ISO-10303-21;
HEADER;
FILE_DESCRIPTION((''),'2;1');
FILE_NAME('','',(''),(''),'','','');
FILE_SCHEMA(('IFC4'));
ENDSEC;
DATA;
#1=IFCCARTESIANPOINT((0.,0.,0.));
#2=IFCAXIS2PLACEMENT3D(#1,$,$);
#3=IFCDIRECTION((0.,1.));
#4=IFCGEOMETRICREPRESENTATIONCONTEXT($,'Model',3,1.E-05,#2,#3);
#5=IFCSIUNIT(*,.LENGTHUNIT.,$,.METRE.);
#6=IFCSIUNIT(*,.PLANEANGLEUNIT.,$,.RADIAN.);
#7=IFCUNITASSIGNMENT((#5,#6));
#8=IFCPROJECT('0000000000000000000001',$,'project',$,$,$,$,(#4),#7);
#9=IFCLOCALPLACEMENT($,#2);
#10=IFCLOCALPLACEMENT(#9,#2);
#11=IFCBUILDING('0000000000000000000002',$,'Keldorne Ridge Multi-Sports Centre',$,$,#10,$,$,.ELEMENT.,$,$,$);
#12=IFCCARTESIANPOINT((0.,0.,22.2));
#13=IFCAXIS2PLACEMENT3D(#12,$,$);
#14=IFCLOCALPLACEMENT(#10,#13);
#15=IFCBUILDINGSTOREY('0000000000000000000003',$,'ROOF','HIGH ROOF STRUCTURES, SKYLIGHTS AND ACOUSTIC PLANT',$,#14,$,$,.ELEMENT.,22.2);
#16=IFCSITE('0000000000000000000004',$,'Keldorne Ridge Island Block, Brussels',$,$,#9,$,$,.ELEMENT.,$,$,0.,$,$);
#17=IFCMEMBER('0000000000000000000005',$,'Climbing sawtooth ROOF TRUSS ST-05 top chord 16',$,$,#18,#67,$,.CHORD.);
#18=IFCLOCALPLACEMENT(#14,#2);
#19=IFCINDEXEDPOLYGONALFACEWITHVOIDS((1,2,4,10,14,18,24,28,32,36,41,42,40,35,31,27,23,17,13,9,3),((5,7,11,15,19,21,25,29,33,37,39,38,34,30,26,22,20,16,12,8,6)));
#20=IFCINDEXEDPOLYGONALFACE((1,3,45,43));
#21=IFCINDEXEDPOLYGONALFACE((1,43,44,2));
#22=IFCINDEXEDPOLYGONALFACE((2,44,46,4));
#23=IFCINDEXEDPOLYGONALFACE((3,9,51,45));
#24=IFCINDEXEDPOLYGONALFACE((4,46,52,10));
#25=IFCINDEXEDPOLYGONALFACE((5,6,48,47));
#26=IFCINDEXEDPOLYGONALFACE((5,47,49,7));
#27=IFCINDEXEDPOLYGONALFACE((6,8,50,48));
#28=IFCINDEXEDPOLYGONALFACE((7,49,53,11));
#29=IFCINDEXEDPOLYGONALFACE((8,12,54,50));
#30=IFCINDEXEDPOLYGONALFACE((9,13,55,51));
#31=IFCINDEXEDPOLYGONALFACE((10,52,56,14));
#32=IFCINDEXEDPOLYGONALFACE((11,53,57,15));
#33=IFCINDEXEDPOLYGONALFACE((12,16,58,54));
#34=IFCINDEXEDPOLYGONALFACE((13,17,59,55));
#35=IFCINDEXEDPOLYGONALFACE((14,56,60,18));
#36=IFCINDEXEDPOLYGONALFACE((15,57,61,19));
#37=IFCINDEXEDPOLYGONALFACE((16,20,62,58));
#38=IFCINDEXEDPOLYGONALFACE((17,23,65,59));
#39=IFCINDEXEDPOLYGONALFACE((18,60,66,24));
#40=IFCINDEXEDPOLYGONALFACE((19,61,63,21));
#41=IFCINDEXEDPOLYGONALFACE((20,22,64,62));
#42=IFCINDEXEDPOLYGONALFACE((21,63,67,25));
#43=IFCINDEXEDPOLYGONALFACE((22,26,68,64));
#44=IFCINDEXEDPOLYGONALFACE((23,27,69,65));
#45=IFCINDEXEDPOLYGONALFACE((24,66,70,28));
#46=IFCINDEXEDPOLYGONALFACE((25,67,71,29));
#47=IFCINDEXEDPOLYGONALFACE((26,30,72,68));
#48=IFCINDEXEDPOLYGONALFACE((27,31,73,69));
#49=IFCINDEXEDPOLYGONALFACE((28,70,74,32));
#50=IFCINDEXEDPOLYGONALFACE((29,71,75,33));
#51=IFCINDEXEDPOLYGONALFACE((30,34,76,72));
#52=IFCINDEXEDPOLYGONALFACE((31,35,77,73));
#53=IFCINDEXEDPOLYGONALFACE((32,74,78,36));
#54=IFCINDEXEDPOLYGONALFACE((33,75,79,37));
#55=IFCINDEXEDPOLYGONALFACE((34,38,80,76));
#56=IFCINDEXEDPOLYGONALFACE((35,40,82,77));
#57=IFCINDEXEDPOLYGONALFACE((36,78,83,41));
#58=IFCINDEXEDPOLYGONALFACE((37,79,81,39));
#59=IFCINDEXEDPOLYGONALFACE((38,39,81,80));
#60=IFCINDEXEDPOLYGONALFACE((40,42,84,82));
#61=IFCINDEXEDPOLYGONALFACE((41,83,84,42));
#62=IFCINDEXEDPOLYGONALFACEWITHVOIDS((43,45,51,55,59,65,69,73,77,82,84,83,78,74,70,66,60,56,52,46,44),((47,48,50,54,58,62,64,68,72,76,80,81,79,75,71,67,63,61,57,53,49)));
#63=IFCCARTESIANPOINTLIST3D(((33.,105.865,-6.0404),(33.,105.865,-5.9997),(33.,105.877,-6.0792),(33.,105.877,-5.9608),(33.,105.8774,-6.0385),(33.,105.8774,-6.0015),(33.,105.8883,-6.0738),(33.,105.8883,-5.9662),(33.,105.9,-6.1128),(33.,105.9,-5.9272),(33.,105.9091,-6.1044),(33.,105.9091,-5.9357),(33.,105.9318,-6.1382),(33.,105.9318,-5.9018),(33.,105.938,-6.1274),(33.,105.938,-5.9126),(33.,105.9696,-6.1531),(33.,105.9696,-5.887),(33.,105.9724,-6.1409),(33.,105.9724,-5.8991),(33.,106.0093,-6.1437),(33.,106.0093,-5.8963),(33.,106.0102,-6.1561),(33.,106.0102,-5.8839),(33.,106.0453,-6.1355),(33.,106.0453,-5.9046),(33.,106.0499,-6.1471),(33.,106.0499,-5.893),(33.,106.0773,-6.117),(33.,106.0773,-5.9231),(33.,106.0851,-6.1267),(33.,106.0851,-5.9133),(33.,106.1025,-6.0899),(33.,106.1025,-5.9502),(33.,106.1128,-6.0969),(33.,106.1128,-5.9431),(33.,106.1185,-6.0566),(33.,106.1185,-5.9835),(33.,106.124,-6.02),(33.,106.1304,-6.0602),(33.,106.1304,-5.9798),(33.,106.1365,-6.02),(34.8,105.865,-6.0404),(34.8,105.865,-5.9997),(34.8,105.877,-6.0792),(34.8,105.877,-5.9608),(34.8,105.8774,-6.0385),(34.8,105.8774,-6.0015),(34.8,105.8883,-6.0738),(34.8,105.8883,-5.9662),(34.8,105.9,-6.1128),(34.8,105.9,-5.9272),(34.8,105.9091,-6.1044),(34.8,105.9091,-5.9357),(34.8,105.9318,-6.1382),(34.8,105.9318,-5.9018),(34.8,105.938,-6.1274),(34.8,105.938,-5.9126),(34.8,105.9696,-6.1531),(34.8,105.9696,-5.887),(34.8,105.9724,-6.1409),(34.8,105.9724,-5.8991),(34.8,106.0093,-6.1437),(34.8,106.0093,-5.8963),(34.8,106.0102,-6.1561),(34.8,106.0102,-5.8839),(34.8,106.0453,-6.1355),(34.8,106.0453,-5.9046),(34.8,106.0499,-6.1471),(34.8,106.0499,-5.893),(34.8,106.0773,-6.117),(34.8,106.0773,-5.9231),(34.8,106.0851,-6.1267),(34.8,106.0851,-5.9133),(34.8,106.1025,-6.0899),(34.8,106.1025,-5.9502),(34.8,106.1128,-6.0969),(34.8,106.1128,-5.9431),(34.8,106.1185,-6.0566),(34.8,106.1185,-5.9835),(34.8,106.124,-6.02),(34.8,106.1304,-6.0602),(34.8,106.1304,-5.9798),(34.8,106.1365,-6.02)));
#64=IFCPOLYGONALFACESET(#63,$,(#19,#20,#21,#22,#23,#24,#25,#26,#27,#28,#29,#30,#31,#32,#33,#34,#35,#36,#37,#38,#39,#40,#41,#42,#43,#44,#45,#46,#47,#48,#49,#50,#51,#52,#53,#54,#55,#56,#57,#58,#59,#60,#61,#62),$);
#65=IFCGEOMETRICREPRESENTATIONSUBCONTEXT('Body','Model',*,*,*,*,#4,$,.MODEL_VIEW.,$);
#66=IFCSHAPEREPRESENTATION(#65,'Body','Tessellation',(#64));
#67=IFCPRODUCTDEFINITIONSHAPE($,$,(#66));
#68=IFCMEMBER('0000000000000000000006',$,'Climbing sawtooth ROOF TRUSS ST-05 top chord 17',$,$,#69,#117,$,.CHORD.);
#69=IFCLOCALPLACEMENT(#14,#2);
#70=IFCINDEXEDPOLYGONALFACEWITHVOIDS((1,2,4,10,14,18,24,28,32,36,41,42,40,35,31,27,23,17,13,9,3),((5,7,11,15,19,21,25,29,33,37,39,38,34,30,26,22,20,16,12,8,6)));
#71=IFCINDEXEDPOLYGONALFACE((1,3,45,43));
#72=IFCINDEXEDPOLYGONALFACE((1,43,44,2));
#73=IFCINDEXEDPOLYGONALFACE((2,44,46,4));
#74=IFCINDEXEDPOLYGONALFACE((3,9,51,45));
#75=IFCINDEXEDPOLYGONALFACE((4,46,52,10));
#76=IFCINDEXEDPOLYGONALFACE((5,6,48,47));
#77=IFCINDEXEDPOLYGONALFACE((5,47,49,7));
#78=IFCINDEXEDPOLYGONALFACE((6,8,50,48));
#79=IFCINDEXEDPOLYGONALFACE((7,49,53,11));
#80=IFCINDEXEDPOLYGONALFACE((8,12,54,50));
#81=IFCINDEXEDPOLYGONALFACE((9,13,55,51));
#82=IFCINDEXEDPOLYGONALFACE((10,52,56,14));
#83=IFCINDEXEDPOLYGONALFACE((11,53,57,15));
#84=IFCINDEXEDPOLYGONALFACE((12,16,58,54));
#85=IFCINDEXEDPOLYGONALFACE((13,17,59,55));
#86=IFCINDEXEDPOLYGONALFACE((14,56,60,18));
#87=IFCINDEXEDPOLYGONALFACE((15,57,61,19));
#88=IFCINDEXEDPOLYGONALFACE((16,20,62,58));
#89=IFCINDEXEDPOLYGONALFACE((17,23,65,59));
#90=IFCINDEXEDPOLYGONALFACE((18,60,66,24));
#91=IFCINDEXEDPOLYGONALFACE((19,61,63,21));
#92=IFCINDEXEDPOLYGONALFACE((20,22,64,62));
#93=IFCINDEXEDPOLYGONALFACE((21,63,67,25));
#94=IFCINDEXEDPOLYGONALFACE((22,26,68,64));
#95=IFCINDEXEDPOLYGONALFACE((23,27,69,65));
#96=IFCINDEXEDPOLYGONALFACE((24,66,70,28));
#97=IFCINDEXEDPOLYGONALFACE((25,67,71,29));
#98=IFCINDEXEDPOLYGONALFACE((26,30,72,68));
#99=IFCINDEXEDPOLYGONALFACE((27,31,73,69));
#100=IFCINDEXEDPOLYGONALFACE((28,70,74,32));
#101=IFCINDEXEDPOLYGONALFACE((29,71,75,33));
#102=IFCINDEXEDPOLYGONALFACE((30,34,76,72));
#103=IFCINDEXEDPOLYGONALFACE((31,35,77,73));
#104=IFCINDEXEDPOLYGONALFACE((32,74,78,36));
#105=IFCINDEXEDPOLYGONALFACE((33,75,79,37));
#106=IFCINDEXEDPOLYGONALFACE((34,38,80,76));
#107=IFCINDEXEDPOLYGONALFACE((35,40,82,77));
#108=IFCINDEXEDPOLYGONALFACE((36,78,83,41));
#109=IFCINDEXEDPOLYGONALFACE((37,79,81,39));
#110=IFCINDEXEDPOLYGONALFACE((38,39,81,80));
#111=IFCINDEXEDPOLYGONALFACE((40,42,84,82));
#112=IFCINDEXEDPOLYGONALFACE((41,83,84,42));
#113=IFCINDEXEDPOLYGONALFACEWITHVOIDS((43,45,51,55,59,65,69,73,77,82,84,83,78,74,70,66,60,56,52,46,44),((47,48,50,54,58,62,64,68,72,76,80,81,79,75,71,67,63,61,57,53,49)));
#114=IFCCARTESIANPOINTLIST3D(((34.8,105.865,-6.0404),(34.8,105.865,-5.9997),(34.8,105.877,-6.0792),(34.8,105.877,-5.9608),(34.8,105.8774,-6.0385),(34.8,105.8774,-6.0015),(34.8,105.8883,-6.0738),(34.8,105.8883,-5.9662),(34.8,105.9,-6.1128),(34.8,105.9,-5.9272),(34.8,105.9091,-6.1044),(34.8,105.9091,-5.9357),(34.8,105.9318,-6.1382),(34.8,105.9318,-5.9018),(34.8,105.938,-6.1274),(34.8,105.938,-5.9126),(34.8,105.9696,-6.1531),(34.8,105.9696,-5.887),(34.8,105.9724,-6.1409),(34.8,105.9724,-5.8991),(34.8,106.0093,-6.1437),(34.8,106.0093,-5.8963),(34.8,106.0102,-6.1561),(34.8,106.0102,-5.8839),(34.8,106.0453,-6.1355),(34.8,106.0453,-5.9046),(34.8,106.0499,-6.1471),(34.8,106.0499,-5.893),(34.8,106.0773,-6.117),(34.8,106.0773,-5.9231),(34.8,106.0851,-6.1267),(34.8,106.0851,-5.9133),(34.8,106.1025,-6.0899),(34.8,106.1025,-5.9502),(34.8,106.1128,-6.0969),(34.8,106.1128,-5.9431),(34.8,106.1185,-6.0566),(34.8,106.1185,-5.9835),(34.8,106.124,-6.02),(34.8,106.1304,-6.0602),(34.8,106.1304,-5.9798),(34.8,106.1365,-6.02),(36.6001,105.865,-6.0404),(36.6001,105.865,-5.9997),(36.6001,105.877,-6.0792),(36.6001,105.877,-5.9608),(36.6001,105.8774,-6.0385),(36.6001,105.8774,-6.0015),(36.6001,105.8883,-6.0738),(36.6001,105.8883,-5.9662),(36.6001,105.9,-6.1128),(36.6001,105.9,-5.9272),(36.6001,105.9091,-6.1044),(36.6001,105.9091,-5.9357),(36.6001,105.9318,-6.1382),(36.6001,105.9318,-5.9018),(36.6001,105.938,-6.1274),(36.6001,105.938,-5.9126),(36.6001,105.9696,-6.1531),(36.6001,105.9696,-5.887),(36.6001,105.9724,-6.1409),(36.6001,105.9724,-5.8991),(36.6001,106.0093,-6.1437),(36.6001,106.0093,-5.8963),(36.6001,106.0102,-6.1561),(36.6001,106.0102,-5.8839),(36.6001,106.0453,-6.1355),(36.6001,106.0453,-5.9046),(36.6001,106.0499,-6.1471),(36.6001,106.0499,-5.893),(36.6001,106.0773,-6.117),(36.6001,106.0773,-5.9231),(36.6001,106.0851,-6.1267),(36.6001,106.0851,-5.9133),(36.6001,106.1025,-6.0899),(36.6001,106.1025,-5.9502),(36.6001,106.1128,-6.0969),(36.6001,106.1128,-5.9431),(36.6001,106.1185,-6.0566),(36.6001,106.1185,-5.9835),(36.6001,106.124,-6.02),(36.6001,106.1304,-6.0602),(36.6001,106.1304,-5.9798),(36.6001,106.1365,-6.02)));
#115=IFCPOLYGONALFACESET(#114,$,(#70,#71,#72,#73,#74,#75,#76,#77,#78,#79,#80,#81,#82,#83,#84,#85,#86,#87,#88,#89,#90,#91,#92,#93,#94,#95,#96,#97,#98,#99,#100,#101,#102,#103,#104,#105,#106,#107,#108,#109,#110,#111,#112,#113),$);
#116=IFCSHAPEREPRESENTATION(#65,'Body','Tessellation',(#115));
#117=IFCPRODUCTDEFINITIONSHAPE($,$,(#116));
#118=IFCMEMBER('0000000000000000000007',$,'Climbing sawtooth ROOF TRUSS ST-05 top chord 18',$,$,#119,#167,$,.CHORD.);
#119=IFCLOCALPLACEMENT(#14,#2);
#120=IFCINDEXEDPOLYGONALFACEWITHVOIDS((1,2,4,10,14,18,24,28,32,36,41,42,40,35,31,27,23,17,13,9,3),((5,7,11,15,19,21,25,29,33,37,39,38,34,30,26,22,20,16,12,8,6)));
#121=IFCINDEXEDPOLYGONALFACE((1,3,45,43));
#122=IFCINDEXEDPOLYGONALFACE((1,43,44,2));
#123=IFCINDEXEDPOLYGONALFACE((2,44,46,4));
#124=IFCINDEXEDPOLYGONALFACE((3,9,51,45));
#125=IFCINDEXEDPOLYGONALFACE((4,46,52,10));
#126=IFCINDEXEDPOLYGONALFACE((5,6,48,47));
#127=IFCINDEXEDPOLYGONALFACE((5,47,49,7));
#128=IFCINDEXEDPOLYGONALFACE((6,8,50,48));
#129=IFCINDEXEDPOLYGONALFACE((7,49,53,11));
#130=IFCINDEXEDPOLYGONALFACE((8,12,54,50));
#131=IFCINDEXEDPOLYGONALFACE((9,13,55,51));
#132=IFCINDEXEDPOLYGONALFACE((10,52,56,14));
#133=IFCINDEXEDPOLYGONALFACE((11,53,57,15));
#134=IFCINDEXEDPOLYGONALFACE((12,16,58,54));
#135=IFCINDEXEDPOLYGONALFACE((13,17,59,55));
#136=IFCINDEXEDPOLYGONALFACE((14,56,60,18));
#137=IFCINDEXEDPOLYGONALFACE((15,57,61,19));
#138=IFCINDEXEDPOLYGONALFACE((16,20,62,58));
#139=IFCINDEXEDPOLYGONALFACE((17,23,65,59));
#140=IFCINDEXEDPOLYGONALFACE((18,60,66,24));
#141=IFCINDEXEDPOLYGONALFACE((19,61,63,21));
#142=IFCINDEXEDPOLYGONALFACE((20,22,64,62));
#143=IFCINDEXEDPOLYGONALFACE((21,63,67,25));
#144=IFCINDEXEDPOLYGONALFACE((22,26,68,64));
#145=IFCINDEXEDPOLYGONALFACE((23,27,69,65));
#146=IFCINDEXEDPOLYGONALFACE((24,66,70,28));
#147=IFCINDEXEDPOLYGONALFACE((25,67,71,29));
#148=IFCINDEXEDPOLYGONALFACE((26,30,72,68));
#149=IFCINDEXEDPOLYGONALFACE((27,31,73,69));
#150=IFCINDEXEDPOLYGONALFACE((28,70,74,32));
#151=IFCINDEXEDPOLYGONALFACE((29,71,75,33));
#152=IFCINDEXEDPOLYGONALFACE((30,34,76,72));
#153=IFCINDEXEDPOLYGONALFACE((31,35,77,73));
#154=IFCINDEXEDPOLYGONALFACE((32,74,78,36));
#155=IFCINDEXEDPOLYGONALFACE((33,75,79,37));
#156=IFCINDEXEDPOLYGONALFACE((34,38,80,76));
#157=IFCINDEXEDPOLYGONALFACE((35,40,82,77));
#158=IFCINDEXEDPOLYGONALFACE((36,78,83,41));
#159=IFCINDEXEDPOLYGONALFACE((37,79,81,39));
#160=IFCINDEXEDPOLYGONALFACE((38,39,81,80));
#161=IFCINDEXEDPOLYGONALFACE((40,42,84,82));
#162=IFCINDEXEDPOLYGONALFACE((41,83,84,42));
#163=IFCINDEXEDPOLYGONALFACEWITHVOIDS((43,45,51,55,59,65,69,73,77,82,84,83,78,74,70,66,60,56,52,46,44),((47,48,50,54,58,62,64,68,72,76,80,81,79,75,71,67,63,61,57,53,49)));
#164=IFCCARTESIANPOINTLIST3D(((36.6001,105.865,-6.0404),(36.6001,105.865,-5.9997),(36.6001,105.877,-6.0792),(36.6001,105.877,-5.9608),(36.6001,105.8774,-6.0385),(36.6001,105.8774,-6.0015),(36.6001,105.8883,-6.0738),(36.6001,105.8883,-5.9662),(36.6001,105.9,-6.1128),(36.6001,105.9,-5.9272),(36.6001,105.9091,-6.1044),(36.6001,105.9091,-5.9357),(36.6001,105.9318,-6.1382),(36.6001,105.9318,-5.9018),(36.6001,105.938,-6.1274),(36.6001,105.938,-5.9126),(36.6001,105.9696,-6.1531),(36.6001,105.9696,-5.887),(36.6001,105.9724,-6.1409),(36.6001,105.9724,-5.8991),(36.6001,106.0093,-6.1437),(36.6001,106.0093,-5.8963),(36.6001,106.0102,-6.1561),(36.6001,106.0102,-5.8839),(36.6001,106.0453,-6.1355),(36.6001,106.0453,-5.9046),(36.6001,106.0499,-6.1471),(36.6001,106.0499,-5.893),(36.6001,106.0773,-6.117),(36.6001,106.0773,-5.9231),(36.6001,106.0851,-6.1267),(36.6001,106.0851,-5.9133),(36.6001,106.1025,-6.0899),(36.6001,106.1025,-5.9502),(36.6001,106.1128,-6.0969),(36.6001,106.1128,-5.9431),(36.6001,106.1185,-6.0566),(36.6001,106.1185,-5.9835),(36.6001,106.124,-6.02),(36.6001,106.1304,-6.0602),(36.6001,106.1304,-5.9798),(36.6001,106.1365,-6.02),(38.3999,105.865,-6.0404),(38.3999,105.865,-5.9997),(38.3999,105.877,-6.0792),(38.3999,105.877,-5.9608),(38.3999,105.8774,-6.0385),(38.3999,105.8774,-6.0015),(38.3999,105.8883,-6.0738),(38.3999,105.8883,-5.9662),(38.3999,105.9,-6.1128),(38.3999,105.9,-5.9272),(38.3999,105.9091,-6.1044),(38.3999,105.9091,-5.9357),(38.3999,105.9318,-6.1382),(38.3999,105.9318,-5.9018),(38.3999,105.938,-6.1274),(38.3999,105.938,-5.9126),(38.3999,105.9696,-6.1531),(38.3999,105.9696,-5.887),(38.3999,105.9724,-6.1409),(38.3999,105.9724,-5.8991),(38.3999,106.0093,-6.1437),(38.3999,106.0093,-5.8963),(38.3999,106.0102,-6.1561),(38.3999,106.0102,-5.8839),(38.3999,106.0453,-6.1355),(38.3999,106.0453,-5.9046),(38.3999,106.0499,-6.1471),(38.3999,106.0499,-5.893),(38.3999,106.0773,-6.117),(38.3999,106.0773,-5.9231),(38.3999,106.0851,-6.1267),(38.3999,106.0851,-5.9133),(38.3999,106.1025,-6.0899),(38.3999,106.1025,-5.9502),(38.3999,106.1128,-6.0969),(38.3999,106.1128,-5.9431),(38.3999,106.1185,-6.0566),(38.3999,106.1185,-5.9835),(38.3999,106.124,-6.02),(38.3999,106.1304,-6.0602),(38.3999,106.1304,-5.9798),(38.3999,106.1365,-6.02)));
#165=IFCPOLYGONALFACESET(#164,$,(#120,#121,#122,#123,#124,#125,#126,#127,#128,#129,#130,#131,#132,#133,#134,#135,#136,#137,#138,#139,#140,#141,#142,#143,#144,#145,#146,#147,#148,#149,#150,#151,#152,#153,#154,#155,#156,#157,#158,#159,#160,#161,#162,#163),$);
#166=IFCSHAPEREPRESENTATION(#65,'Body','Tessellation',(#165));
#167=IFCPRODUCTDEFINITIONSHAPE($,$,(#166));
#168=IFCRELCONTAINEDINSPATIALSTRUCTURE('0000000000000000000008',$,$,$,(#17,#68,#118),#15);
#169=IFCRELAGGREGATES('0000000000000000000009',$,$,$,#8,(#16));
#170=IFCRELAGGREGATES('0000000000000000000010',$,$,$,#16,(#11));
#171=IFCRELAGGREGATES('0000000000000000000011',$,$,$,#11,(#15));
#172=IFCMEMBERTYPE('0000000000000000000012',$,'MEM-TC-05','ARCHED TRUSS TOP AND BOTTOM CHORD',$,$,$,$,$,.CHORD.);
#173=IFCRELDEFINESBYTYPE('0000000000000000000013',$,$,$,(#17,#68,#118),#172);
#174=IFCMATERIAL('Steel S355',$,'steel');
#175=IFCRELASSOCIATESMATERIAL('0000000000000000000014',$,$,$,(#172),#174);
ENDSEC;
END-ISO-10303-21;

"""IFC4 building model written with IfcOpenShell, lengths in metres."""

from ifc_helpers import new_model, si_unit, direction, frame, origin, origin_2d, place, context, subcontext, project, spatial, hollow_circle, extrude, material, material_profile, profile_set, type_object, element, save


model = new_model("IFC4")

# Units and contexts
model_context = context("Model", 3, precision=1e-05, world=origin(), true_north=direction((0.0, 1.0)))
body_context = subcontext(model_context, "Body", "Model", "MODEL_VIEW")
ifc_project = project(units=[si_unit("LENGTHUNIT", "METRE"), si_unit("PLANEANGLEUNIT", "RADIAN")], contexts=[model_context])

# Site, building, storey
site_placement = place(None, origin())
site = spatial("IfcSite", under=ifc_project, at=site_placement, Name="Keldorne Ridge Island Block, Brussels", CompositionType="ELEMENT", RefElevation=0.0)
building_placement = place(site_placement, origin())
building = spatial("IfcBuilding", under=site, at=building_placement, Name="Keldorne Ridge Multi-Sports Centre", CompositionType="ELEMENT")
storey_placement = place(building_placement, frame((0.0, 0.0, 22.2)))
storey = spatial("IfcBuildingStorey", under=building, at=storey_placement, Name="ROOF", Description="HIGH ROOF STRUCTURES, SKYLIGHTS AND ACOUSTIC PLANT", CompositionType="ELEMENT", Elevation=22.2)

# Shared definitions
ifc_material_1 = material(Name="Steel S355", Category="steel")

# Members
ifc_material_profile_1 = material_profile(ifc_material_1, hollow_circle(Radius=0.1365, WallThickness=0.0125, at=origin_2d()), Name="CHS 273x12.5")
ifc_profile_set_1 = profile_set([ifc_material_profile_1], Name="Steel S355")
member_type_1 = type_object("IfcMemberType", Name="MEM-TC-05", Description="ARCHED TRUSS TOP AND BOTTOM CHORD", PredefinedType="CHORD", material=ifc_profile_set_1)
for number, where, z_axis, x_axis, name in (
    (1, (33.0, 106.0, -6.02), (1.0, 0.0, 0.0), (0.0, 1.0, 0.0), "Climbing sawtooth ROOF TRUSS ST-05 top chord 16"),
    (2, (34.8, 106.0, -6.02), (1.0, 0.0, 0.0), (0.0, 1.0, 0.0), "Climbing sawtooth ROOF TRUSS ST-05 top chord 17"),
):
    element("IfcMember", number, at=place(storey_placement, frame(where, z_axis=z_axis, x_axis=x_axis)), inside=storey, type_object=member_type_1, Name=name, PredefinedType="CHORD", context=body_context, shape_type="SweptSolid", body=[
        extrude(hollow_circle(Radius=0.1365, WallThickness=0.0125, at=origin_2d()), origin(), (0.0, 0.0, 1.0), 1.8),
    ])
member_1_placement = place(storey_placement, frame((36.6001, 106.0, -6.02), z_axis=(1.0, 0.0, 0.0), x_axis=(0.0, 1.0, 0.0)))
element("IfcMember", 3, at=member_1_placement, inside=storey, type_object=member_type_1, Name="Climbing sawtooth ROOF TRUSS ST-05 top chord 18", PredefinedType="CHORD", context=body_context, shape_type="SweptSolid", body=[
    extrude(hollow_circle(Radius=0.1365, WallThickness=0.0125, at=origin_2d()), origin(), (0.0, 0.0, 1.0), 1.7998),
])

save(model, "model.ifc")
